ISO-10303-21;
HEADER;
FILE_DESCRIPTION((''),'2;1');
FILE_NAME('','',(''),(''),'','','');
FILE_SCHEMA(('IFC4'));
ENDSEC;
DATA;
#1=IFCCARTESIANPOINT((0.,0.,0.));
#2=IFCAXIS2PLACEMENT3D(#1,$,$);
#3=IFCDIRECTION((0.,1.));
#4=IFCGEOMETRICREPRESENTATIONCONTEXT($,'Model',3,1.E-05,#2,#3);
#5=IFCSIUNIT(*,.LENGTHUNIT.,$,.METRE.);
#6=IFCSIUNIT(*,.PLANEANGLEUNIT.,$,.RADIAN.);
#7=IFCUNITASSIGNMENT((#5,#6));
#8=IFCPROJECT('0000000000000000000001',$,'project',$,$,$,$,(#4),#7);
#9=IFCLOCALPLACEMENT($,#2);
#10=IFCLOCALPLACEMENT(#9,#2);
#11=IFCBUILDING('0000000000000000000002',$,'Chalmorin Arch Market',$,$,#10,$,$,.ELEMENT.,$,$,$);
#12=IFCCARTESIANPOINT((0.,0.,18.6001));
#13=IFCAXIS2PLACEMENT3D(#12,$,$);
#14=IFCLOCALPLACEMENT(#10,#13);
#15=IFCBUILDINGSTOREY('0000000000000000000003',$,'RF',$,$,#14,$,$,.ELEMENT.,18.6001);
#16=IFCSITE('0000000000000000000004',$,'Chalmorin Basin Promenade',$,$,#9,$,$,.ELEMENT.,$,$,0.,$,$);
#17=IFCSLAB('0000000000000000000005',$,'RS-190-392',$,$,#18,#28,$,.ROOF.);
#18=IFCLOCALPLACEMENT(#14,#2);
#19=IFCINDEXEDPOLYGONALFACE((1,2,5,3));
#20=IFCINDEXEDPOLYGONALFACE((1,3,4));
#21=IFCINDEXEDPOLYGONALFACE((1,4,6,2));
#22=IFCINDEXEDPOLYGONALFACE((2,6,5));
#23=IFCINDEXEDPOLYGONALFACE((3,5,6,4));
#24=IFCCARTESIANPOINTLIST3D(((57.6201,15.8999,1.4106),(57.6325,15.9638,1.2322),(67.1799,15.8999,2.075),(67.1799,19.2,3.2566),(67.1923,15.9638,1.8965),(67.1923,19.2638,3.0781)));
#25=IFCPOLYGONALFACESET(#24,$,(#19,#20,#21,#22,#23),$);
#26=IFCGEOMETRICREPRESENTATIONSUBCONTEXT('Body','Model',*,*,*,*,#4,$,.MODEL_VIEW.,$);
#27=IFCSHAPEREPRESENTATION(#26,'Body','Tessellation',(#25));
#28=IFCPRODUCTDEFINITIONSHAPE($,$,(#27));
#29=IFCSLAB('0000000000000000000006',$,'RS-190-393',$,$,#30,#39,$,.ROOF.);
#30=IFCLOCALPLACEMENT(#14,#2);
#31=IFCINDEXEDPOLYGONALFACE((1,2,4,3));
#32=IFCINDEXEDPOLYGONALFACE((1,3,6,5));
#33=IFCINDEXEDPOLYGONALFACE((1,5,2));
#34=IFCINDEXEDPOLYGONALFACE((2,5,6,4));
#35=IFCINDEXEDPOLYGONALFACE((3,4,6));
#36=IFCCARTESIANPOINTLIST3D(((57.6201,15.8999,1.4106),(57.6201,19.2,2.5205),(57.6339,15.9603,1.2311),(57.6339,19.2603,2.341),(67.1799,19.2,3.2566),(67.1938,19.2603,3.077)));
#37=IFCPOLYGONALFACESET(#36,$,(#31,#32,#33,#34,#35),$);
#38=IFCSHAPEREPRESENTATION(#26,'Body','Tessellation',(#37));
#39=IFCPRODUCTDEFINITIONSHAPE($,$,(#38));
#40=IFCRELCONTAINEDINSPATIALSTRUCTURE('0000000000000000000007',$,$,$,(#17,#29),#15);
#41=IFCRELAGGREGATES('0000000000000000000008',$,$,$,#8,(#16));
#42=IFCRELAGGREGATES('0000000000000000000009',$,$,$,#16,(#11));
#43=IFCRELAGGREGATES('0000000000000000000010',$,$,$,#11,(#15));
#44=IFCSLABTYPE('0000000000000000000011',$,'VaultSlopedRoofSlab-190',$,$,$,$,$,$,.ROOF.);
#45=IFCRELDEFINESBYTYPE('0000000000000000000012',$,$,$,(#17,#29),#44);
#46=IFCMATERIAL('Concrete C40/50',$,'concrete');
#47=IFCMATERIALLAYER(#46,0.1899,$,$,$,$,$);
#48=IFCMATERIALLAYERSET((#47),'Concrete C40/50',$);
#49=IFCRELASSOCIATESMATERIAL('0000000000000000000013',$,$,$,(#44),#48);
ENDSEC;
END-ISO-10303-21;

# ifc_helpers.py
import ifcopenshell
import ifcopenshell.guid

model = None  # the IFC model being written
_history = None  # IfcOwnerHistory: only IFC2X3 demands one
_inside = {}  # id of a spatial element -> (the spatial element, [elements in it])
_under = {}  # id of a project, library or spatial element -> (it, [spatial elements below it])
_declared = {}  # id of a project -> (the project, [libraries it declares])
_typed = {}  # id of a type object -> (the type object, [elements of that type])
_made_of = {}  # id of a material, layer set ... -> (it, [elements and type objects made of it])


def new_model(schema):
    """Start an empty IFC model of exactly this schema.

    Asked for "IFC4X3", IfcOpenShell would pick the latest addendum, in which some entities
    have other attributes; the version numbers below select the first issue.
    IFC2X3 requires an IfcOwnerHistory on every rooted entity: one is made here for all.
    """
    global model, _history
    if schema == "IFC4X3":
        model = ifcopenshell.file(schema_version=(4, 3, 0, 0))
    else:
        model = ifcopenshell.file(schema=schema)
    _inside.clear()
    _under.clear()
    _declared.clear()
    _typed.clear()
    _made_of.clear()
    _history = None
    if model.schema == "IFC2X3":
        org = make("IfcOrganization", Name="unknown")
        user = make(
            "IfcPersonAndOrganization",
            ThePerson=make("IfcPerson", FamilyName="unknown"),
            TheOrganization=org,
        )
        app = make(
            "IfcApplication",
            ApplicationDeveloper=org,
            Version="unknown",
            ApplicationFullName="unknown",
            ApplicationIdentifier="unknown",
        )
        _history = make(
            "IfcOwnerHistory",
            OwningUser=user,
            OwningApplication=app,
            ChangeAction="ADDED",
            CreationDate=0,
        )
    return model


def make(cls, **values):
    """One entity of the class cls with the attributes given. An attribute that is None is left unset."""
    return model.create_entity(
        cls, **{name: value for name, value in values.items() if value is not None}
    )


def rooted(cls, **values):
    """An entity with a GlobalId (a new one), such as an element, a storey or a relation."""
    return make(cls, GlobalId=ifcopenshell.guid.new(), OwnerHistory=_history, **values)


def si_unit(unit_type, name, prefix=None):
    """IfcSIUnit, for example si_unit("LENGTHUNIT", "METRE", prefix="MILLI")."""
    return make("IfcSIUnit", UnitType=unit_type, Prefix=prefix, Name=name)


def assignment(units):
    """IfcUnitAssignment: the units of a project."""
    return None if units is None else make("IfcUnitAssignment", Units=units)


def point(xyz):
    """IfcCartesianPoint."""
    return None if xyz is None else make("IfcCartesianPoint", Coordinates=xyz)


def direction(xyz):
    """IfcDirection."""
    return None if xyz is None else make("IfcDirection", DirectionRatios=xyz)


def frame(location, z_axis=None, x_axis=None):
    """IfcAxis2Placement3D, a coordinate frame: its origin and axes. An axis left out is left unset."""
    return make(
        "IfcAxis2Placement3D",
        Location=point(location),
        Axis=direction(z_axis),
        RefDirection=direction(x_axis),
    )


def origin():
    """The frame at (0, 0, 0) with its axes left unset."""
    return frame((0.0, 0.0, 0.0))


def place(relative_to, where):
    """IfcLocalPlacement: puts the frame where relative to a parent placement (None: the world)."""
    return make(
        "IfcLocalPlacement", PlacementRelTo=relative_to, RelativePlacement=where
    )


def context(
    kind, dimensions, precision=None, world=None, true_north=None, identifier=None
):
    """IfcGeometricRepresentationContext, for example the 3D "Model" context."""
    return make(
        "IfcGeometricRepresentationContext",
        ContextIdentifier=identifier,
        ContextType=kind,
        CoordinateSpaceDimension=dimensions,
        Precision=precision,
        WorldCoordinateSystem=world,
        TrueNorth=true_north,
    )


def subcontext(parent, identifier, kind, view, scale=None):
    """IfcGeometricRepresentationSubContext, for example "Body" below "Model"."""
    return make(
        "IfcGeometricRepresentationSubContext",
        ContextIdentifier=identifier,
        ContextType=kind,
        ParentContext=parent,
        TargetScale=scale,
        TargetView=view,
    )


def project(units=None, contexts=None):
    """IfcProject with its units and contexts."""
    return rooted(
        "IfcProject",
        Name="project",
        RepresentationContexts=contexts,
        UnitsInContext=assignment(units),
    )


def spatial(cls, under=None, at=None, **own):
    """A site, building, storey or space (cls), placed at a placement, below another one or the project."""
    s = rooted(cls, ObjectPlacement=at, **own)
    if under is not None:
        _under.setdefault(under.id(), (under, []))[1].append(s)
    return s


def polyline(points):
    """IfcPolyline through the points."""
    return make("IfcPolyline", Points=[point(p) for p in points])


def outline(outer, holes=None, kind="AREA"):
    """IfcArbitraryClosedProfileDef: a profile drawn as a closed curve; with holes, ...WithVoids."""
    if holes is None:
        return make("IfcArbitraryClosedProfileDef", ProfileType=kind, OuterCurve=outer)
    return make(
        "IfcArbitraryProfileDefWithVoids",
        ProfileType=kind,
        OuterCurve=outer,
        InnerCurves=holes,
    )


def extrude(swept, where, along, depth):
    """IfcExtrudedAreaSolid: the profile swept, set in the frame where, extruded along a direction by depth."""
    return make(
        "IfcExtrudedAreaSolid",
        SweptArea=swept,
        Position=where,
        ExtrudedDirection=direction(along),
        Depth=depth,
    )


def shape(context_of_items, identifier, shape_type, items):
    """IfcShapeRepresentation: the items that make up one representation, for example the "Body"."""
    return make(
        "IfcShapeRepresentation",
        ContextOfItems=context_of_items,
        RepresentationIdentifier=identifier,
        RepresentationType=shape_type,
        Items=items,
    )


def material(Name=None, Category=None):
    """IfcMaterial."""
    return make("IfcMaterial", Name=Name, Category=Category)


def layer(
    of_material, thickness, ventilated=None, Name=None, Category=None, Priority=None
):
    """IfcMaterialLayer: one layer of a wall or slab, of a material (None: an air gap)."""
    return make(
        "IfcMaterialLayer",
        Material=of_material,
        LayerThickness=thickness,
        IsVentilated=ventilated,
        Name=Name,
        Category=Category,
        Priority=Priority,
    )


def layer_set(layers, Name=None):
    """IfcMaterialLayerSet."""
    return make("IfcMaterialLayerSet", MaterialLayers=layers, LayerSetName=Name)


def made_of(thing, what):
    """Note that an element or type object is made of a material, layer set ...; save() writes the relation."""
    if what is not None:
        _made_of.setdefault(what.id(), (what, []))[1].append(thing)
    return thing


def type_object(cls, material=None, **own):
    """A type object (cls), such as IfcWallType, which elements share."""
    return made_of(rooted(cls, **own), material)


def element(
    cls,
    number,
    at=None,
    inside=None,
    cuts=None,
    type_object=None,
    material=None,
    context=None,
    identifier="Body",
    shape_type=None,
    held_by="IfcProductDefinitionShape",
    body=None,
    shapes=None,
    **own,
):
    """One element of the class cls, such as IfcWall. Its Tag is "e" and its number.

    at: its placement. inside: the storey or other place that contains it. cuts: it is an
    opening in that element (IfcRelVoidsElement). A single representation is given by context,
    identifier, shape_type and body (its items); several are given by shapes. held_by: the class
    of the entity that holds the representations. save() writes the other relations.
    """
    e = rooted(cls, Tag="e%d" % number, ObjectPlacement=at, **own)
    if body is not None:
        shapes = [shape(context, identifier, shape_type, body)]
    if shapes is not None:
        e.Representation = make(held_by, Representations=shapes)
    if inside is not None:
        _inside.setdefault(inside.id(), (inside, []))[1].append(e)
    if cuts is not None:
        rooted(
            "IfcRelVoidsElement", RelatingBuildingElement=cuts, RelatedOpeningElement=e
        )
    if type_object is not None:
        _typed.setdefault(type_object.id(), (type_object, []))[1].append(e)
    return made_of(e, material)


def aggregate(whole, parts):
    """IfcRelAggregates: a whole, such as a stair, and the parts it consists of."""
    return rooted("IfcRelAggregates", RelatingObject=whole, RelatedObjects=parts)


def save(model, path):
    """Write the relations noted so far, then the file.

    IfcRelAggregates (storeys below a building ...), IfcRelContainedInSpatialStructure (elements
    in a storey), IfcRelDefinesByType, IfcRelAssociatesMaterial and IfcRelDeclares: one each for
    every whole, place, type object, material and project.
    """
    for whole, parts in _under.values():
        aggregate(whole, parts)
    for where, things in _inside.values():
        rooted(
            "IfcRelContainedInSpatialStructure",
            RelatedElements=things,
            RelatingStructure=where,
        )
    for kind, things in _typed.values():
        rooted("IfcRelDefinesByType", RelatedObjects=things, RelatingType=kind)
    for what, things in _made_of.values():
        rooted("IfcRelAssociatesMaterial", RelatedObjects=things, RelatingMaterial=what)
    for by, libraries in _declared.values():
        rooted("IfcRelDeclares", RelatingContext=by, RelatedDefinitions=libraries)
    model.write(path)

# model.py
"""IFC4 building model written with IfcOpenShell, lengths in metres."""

from ifc_helpers import new_model, si_unit, direction, frame, origin, place, context, subcontext, project, spatial, polyline, outline, extrude, material, layer, layer_set, type_object, element, save


model = new_model("IFC4")

# Units and contexts
model_context = context("Model", 3, precision=1e-05, world=origin(), true_north=direction((0.0, 1.0)))
body_context = subcontext(model_context, "Body", "Model", "MODEL_VIEW")
ifc_project = project(units=[si_unit("LENGTHUNIT", "METRE"), si_unit("PLANEANGLEUNIT", "RADIAN")], contexts=[model_context])

# Site, building, storey
site_placement = place(None, origin())
site = spatial("IfcSite", under=ifc_project, at=site_placement, Name="Chalmorin Basin Promenade", CompositionType="ELEMENT", RefElevation=0.0)
building_placement = place(site_placement, origin())
building = spatial("IfcBuilding", under=site, at=building_placement, Name="Chalmorin Arch Market", CompositionType="ELEMENT")
storey_placement = place(building_placement, frame((0.0, 0.0, 18.6001)))
storey = spatial("IfcBuildingStorey", under=building, at=storey_placement, Name="RF", CompositionType="ELEMENT", Elevation=18.6001)

# Slabs
ifc_material_1 = material(Name="Concrete C40/50", Category="concrete")
ifc_layer_1 = layer(ifc_material_1, 0.1899)
ifc_layer_set_1 = layer_set([ifc_layer_1], Name="Concrete C40/50")
slab_type = type_object("IfcSlabType", Name="VaultSlopedRoofSlab-190", PredefinedType="ROOF", material=ifc_layer_set_1)
slab_1_placement = place(storey_placement, frame((57.6201, 15.8999, 1.4106), z_axis=(-0.065282, -0.336389, 0.939458), x_axis=(0.997594, 0.0, 0.069322)))
element("IfcSlab", 1, at=slab_1_placement, inside=storey, type_object=slab_type, Name="RS-190-392", PredefinedType="ROOF", context=body_context, shape_type="SweptSolid", body=[
    extrude(outline(polyline([(0.0, 0.0), (9.5829, 0.0), (9.6648, 3.5043), (0.0, 0.0)])), origin(), (0.0, 0.0, -1.0), 0.1899),
])
slab_2_placement = place(storey_placement, frame((57.6201, 15.8999, 1.4106), z_axis=(-0.072787, -0.317926, 0.945317), x_axis=(0.929901, 0.321002, 0.179559)))
element("IfcSlab", 2, at=slab_2_placement, inside=storey, type_object=slab_type, Name="RS-190-393", PredefinedType="ROOF", context=body_context, shape_type="SweptSolid", body=[
    extrude(outline(polyline([(0.0, 0.0), (10.2805, 0.0), (1.2586, 3.2462), (0.0, 0.0)])), origin(), (0.0, 0.0, -1.0), 0.1899),
])

save(model, "model.ifc")
